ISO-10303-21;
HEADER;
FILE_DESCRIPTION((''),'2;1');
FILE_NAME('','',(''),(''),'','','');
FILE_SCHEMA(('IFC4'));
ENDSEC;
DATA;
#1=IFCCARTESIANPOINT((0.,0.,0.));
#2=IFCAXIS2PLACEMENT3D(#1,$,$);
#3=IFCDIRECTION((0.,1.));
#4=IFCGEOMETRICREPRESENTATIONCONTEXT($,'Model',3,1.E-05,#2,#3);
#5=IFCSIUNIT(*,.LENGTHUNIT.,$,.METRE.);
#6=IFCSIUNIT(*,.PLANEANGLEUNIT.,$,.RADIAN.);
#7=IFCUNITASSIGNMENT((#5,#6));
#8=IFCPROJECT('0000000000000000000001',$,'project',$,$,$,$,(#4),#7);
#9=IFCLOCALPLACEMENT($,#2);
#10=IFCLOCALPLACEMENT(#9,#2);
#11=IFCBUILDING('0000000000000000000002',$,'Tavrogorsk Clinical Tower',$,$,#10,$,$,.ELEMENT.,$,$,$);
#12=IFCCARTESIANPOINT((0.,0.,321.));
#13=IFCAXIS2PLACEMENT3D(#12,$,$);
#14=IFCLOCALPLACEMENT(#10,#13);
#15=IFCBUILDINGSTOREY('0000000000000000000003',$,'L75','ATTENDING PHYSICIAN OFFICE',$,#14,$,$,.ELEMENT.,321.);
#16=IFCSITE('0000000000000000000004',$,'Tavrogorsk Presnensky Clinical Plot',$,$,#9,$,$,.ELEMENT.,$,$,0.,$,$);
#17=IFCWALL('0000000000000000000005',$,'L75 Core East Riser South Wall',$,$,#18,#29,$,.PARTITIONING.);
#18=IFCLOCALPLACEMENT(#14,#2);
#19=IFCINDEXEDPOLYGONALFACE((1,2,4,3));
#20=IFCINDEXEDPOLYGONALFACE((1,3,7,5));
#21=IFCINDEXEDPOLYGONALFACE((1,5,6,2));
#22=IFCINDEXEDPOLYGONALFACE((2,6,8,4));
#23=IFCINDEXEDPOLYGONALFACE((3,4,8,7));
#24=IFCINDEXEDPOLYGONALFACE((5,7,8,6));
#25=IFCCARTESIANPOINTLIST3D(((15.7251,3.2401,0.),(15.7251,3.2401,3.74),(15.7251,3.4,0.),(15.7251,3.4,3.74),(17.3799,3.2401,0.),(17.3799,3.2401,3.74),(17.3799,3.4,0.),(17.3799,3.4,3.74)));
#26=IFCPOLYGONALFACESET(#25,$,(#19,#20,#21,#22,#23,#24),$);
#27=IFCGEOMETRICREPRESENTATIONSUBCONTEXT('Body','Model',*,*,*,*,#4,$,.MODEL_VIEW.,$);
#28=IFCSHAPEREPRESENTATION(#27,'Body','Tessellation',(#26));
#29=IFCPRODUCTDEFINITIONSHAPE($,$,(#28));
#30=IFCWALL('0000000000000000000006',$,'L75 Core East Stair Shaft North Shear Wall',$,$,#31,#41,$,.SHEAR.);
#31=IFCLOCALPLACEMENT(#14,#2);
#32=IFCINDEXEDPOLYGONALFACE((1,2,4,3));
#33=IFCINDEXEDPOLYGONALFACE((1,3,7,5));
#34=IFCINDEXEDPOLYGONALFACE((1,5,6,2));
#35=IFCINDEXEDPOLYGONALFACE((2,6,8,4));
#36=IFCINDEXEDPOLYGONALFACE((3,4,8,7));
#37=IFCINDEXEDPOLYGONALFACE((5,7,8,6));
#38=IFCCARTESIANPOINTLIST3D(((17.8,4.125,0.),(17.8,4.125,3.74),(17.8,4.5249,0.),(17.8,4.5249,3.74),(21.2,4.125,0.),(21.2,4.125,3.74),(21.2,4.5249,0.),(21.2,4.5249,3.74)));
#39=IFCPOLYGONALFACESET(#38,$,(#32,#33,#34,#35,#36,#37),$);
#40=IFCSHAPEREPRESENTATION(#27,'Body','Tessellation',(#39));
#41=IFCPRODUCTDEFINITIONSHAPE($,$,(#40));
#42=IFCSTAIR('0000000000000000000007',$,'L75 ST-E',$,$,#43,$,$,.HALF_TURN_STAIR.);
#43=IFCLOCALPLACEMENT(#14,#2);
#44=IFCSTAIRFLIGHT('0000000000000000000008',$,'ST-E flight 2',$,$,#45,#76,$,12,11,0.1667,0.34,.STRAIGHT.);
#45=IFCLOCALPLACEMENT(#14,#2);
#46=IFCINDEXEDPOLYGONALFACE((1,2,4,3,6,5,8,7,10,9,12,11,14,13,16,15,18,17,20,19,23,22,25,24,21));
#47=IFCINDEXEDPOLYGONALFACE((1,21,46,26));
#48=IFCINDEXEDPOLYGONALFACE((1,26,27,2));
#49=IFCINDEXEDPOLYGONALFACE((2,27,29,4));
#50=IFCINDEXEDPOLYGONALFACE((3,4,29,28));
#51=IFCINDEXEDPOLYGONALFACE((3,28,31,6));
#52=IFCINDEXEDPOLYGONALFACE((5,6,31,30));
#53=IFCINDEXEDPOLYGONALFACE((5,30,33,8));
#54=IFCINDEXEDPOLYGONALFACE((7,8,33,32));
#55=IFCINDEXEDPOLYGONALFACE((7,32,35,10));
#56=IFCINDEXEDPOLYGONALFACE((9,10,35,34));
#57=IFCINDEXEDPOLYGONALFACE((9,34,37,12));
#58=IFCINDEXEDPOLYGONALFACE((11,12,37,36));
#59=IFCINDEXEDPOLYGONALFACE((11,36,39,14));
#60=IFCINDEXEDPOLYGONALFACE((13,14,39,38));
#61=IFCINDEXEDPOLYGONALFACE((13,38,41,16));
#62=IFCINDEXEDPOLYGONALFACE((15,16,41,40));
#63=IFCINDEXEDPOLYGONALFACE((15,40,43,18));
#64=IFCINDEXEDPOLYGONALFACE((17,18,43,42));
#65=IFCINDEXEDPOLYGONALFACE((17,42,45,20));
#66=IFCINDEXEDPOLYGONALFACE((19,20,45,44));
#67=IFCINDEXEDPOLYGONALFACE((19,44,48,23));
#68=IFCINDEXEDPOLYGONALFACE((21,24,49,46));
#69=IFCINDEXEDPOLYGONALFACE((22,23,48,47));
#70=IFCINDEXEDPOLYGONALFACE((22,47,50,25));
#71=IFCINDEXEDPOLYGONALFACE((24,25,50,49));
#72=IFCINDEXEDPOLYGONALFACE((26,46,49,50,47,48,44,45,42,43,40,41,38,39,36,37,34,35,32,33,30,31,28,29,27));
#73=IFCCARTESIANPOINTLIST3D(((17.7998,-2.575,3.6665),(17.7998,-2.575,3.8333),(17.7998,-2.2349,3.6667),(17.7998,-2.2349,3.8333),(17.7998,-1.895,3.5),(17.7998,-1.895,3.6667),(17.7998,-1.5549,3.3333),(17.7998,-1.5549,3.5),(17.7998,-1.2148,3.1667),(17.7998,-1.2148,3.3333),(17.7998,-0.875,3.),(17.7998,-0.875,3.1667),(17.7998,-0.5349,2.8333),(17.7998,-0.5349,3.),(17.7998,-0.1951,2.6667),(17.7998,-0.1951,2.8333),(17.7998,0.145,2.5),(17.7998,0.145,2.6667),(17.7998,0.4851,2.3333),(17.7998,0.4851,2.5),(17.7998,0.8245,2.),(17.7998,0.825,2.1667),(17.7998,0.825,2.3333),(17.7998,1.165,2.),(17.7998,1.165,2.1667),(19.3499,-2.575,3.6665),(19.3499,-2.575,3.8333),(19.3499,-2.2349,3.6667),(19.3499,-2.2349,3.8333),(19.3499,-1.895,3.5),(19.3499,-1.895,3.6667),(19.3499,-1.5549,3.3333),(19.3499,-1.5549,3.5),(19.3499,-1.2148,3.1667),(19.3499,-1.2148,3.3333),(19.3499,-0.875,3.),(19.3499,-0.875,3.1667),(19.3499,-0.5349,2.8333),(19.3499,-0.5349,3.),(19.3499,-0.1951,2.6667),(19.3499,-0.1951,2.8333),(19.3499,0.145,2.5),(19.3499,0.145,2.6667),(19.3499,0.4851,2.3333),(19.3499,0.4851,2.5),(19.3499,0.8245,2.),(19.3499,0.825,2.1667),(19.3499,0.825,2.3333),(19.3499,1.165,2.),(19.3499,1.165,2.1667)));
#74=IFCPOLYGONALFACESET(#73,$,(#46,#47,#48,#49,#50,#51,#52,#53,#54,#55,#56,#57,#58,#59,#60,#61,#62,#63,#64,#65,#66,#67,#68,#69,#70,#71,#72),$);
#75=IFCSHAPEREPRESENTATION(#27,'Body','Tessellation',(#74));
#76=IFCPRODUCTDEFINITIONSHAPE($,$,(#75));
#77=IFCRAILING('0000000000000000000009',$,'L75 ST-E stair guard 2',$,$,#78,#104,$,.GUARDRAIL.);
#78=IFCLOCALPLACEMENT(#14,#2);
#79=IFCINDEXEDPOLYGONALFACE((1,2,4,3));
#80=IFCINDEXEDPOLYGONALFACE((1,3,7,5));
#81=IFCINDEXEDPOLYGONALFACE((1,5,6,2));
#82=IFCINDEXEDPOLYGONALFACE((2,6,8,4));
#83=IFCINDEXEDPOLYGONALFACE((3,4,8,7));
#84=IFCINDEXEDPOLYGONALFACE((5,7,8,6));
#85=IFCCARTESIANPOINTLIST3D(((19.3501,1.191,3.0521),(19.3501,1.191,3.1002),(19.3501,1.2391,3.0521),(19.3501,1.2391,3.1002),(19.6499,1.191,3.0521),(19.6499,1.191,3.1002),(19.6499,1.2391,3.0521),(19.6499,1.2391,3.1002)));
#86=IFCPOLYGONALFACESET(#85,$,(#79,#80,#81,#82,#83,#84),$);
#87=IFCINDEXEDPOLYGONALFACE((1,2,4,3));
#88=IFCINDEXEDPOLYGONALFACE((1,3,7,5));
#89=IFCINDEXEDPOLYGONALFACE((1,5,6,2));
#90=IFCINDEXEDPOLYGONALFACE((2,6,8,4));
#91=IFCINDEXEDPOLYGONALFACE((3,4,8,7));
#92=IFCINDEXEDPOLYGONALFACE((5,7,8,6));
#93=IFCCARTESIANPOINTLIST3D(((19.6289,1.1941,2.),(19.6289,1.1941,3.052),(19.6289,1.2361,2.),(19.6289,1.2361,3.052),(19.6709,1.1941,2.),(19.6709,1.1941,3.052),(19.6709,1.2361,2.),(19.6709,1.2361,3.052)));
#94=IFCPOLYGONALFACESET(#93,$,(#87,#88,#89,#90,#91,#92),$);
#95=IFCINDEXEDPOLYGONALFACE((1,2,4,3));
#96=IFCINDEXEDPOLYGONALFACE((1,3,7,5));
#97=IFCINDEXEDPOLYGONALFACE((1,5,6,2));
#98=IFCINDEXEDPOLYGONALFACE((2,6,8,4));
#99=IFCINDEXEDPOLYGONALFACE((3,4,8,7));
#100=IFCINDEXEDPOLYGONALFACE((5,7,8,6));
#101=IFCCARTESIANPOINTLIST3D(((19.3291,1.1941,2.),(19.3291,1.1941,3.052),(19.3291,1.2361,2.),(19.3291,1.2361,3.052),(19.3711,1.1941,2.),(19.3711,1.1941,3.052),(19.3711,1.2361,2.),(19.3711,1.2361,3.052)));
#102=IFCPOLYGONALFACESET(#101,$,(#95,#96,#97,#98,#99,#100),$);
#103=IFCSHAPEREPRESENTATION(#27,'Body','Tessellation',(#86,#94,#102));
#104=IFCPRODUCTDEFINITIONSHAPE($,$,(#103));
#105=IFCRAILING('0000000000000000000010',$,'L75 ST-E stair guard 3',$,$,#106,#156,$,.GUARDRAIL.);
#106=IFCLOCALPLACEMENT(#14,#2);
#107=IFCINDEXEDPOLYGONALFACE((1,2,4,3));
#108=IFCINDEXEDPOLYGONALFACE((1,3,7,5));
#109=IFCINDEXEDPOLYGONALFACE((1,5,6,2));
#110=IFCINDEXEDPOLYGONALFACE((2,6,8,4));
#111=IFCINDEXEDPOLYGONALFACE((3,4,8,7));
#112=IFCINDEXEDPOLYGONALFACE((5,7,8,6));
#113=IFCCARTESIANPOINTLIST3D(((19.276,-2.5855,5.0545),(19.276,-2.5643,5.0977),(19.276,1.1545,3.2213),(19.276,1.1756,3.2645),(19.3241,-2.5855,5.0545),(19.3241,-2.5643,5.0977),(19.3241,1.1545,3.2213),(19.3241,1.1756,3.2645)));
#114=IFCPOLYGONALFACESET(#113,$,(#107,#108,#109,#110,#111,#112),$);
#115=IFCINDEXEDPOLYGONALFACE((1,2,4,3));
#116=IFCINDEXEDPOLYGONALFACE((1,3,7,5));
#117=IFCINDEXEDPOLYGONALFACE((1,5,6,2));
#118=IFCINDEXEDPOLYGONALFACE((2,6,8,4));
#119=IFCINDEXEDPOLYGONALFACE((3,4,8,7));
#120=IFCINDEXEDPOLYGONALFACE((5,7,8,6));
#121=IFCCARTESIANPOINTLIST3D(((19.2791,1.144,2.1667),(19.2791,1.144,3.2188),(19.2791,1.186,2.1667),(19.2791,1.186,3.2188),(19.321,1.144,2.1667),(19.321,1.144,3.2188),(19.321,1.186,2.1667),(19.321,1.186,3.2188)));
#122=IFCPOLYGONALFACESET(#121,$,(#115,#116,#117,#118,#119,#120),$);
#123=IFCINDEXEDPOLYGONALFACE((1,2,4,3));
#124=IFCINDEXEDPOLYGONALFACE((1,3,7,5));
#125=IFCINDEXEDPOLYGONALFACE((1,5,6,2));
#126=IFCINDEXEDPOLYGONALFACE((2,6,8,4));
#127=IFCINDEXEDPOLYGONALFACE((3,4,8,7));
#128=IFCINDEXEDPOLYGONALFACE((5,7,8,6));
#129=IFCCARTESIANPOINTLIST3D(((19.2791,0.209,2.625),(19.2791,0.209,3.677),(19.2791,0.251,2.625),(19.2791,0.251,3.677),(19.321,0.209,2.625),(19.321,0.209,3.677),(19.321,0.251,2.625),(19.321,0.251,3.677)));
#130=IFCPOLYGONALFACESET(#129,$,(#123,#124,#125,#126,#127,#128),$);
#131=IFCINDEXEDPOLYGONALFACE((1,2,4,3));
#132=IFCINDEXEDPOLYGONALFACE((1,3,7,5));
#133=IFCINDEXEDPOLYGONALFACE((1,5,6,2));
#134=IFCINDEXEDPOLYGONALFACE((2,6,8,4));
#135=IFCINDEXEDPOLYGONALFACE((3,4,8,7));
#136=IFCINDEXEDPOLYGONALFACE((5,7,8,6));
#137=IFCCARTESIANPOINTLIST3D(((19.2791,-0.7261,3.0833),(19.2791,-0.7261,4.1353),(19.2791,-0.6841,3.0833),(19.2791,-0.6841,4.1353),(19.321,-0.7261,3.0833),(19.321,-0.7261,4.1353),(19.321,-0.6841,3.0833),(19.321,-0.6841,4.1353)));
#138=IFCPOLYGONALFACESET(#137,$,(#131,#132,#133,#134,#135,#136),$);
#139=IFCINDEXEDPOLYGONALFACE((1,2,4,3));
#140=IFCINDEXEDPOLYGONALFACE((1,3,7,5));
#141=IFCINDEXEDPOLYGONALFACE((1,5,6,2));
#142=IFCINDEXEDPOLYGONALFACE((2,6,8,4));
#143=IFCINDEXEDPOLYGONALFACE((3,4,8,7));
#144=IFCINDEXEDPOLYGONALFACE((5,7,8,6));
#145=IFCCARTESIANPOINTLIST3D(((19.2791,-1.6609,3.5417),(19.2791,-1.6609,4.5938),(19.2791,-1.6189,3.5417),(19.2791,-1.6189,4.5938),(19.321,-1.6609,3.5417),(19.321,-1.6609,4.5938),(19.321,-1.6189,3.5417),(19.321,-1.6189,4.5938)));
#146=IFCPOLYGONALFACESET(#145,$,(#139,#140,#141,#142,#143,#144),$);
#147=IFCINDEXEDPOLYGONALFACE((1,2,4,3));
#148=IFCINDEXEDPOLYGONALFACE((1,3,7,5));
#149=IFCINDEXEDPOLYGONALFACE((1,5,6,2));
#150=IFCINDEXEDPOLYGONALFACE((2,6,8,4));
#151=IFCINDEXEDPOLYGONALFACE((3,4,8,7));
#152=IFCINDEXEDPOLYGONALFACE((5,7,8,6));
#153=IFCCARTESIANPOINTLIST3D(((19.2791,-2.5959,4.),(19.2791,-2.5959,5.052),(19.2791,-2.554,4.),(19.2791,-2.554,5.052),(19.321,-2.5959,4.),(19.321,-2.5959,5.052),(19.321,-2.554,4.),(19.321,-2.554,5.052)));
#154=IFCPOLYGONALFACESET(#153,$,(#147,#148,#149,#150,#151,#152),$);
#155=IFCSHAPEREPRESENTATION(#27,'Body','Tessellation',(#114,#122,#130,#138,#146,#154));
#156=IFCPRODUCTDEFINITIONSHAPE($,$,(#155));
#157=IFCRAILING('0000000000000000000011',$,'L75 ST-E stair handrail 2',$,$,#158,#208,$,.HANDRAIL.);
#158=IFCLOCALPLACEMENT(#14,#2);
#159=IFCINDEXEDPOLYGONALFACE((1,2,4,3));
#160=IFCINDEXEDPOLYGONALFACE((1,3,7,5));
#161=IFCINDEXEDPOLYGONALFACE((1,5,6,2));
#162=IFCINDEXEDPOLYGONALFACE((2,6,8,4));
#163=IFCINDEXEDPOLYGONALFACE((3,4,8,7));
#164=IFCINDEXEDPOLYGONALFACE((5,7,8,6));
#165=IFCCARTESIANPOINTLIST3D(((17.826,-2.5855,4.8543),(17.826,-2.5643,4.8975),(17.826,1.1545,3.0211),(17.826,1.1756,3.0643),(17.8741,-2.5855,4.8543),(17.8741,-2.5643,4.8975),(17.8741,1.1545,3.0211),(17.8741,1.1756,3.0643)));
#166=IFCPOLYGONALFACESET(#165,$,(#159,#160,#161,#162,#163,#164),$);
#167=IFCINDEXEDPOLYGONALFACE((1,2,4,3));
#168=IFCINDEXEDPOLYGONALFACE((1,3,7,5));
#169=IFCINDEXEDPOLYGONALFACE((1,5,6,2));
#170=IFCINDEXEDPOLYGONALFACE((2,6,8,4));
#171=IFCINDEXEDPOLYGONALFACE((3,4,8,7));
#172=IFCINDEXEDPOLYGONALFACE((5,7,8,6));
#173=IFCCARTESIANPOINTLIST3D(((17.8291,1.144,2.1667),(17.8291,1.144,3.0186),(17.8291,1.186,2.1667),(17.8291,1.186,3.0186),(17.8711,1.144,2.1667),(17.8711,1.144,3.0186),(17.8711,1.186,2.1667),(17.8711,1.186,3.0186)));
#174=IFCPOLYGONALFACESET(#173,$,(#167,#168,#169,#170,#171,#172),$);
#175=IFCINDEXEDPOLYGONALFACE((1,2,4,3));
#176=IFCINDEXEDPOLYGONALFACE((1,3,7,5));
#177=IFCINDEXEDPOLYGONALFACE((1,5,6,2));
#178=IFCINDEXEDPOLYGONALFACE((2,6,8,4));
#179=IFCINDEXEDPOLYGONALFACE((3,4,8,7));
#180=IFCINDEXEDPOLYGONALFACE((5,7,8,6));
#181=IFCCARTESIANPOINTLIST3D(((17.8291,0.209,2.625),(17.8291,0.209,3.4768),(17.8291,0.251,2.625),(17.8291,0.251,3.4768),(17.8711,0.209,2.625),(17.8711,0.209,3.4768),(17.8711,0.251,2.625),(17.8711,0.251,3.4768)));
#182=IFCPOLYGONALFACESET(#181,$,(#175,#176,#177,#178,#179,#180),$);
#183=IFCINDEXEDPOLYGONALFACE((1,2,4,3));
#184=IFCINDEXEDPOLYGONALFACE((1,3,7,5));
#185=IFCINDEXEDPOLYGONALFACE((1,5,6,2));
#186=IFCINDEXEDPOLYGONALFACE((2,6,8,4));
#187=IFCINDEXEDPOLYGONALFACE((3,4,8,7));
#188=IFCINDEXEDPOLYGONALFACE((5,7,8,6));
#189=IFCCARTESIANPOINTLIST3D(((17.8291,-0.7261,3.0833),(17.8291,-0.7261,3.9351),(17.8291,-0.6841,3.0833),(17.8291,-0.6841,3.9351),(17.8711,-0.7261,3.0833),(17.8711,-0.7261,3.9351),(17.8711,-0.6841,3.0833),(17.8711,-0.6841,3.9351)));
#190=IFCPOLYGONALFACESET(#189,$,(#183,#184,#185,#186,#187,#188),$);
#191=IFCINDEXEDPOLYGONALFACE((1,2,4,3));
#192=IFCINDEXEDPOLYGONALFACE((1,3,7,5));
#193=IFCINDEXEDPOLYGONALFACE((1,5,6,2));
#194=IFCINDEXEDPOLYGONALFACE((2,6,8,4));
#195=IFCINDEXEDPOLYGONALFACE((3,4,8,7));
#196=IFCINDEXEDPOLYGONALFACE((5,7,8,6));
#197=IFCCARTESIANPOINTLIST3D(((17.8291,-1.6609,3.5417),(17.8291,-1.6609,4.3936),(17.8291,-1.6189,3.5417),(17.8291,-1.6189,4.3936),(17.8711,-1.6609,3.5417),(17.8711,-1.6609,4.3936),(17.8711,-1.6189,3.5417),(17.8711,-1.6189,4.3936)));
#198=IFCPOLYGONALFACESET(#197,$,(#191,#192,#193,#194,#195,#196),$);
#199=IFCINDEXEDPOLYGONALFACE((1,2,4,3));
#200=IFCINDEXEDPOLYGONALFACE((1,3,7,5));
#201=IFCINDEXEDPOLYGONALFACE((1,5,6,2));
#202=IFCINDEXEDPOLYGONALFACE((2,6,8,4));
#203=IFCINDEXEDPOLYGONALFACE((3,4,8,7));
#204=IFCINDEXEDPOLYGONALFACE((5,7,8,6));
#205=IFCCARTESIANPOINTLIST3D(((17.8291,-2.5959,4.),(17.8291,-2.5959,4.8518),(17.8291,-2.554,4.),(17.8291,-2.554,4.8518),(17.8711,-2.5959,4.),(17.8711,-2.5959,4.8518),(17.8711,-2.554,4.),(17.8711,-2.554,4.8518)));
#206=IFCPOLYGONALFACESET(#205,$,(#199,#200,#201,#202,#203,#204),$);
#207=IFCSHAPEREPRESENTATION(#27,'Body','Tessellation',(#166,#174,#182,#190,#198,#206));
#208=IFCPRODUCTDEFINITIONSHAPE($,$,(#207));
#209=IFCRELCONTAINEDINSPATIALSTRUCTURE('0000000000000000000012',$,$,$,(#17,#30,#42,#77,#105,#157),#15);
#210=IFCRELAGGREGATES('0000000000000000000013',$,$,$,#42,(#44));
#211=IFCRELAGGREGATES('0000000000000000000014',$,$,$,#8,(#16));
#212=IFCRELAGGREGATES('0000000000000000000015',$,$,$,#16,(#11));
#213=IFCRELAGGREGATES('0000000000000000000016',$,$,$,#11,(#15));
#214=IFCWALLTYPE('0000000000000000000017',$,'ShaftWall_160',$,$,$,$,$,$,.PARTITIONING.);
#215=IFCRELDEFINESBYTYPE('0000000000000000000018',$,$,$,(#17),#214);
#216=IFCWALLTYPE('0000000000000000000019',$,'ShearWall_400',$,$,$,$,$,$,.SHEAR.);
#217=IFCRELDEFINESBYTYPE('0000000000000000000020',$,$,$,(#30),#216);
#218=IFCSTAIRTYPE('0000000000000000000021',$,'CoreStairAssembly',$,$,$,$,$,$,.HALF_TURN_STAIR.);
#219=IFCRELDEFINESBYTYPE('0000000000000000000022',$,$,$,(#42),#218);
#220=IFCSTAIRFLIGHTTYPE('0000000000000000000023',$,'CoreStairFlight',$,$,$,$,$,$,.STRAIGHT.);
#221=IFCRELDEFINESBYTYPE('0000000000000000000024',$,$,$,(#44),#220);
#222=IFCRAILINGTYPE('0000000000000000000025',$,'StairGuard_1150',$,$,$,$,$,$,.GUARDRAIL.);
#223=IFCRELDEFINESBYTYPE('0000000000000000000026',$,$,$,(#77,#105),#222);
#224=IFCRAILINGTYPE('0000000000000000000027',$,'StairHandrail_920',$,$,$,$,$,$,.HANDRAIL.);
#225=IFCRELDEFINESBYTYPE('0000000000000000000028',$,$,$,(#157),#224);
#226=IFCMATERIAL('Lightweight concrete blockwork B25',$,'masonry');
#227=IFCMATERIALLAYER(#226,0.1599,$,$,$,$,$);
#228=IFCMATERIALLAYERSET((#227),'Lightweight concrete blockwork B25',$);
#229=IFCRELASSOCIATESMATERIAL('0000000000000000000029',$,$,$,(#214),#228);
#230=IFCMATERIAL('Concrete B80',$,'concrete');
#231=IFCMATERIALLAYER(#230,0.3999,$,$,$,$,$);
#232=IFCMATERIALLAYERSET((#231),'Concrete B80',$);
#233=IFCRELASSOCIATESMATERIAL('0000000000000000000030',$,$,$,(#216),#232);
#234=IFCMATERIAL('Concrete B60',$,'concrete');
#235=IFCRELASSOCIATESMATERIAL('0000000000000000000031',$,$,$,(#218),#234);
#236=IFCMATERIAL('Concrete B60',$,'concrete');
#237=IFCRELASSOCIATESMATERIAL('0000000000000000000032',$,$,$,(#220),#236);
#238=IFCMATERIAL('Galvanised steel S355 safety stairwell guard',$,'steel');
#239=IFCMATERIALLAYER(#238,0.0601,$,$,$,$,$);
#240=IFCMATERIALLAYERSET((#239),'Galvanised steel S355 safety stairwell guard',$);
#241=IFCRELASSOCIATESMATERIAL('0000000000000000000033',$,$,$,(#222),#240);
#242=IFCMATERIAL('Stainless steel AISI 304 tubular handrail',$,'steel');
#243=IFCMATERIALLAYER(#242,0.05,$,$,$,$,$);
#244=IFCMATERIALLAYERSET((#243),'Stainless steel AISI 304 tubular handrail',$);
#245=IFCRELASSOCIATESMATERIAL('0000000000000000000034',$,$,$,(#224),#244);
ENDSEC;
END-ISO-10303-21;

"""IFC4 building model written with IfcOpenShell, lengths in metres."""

from ifc_helpers import new_model, si_unit, direction, frame, frame_2d, origin, origin_2d, place, context, subcontext, project, spatial, polyline, rectangle, outline, extrude, material, layer, layer_set, type_object, element, aggregate, save


model = new_model("IFC4")

# Units and contexts
model_context = context("Model", 3, precision=1e-05, world=origin(), true_north=direction((0.0, 1.0)))
body_context = subcontext(model_context, "Body", "Model", "MODEL_VIEW")
ifc_project = project(units=[si_unit("LENGTHUNIT", "METRE"), si_unit("PLANEANGLEUNIT", "RADIAN")], contexts=[model_context])

# Site, building, storey
site_placement = place(None, origin())
site = spatial("IfcSite", under=ifc_project, at=site_placement, Name="Tavrogorsk Presnensky Clinical Plot", CompositionType="ELEMENT", RefElevation=0.0)
building_placement = place(site_placement, origin())
building = spatial("IfcBuilding", under=site, at=building_placement, Name="Tavrogorsk Clinical Tower", CompositionType="ELEMENT")
storey_placement = place(building_placement, frame((0.0, 0.0, 321.0)))
storey = spatial("IfcBuildingStorey", under=building, at=storey_placement, Name="L75", Description="ATTENDING PHYSICIAN OFFICE", CompositionType="ELEMENT", Elevation=321.0)

# Shared definitions
ifc_material_1 = material(Name="Lightweight concrete blockwork B25", Category="masonry")
ifc_layer_1 = layer(ifc_material_1, 0.1599)
ifc_layer_set_1 = layer_set([ifc_layer_1], Name="Lightweight concrete blockwork B25")
wall_type_1 = type_object("IfcWallType", Name="ShaftWall_160", PredefinedType="PARTITIONING", material=ifc_layer_set_1)

# Walls
wall_1_placement = place(storey_placement, frame((15.7251, 3.3201, 0.0), z_axis=(0.0, 0.0, 1.0), x_axis=(1.0, 0.0, 0.0)))
element("IfcWall", 1, at=wall_1_placement, inside=storey, type_object=wall_type_1, Name="L75 Core East Riser South Wall", PredefinedType="PARTITIONING", context=body_context, shape_type="SweptSolid", body=[
    extrude(rectangle(XDim=1.6548, YDim=0.1599, at=frame_2d((0.8274, 0.0))), origin(), (0.0, 0.0, 1.0), 3.74),
])
ifc_material_2 = material(Name="Concrete B80", Category="concrete")
ifc_layer_2 = layer(ifc_material_2, 0.3999)
ifc_layer_set_2 = layer_set([ifc_layer_2], Name="Concrete B80")
wall_type_2 = type_object("IfcWallType", Name="ShearWall_400", PredefinedType="SHEAR", material=ifc_layer_set_2)
wall_2_placement = place(storey_placement, frame((17.8, 4.325, 0.0), z_axis=(0.0, 0.0, 1.0), x_axis=(1.0, 0.0, 0.0)))
element("IfcWall", 2, at=wall_2_placement, inside=storey, type_object=wall_type_2, Name="L75 Core East Stair Shaft North Shear Wall", PredefinedType="SHEAR", context=body_context, shape_type="SweptSolid", body=[
    extrude(rectangle(XDim=3.3999, YDim=0.3999, at=frame_2d((1.7, 0.0))), origin(), (0.0, 0.0, 1.0), 3.74),
])

# Stair, stair flight
ifc_material_3 = material(Name="Concrete B60", Category="concrete")
stair_type = type_object("IfcStairType", Name="CoreStairAssembly", PredefinedType="HALF_TURN_STAIR", material=ifc_material_3)
stair_placement = place(storey_placement, origin())
stair = element("IfcStair", 3, at=stair_placement, inside=storey, type_object=stair_type, Name="L75 ST-E", PredefinedType="HALF_TURN_STAIR")
ifc_material_4 = material(Name="Concrete B60", Category="concrete")
stair_flight_type = type_object("IfcStairFlightType", Name="CoreStairFlight", PredefinedType="STRAIGHT", material=ifc_material_4)
stair_flight_placement = place(storey_placement, frame((18.575, 1.165, 2.0), z_axis=(0.0, 0.0, 1.0), x_axis=(0.0, -1.0, 0.0)))
stair_flight = element("IfcStairFlight", 4, at=stair_flight_placement, type_object=stair_flight_type, Name="ST-E flight 2", NumberOfRisers=12, NumberOfTreads=11, PredefinedType="STRAIGHT", RiserHeight=0.1667, TreadLength=0.34, context=body_context, shape_type="SweptSolid", body=[
    extrude(outline(polyline([(0.0, 0.0), (0.0, 0.1667), (0.3401, 0.1667), (0.3401, 0.3333), (0.6799, 0.3333), (0.6799, 0.5), (1.02, 0.5), (1.02, 0.6667), (1.3601, 0.6667), (1.3601, 0.8333), (1.7, 0.8333), (1.7, 1.0), (2.04, 1.0), (2.04, 1.1667), (2.3799, 1.1667), (2.3799, 1.3333), (2.72, 1.3333), (2.72, 1.5), (3.0601, 1.5), (3.0601, 1.6667), (3.3999, 1.6667), (3.3999, 1.8333), (3.74, 1.8333), (3.74, 2.0), (3.74, 1.6665), (0.3406, 0.0), (0.0, 0.0)])), frame((0.0, 0.7749, 0.0), z_axis=(0.0, -1.0, 0.0), x_axis=(1.0, 0.0, 0.0)), (0.0, 0.0, 1.0), 1.55),
])
aggregate(stair, [stair_flight])

# Railings
ifc_material_5 = material(Name="Galvanised steel S355 safety stairwell guard", Category="steel")
ifc_layer_3 = layer(ifc_material_5, 0.0601)
ifc_layer_set_3 = layer_set([ifc_layer_3], Name="Galvanised steel S355 safety stairwell guard")
railing_type_1 = type_object("IfcRailingType", Name="StairGuard_1150", PredefinedType="GUARDRAIL", material=ifc_layer_set_3)
railing_1_placement = place(storey_placement, frame((19.6499, 1.2151, 2.0)))
element("IfcRailing", 5, at=railing_1_placement, inside=storey, type_object=railing_type_1, Name="L75 ST-E stair guard 2", PredefinedType="GUARDRAIL", context=body_context, shape_type="SweptSolid", body=[
    extrude(rectangle(XDim=0.0481, YDim=0.0481, at=origin_2d()), frame((0.0, 0.0, 1.0762), z_axis=(-1.0, 0.0, 0.0), x_axis=(0.0, -1.0, 0.0)), (0.0, 0.0, 1.0), 0.2998),
    extrude(rectangle(XDim=0.042, YDim=0.042, at=origin_2d()), origin(), (0.0, 0.0, 1.0), 1.052),
    extrude(rectangle(XDim=0.042, YDim=0.042, at=origin_2d()), frame((-0.2998, 0.0, 0.0)), (0.0, 0.0, 1.0), 1.052),
])
railing_2_placement = place(storey_placement, frame((19.3, 1.165, 2.1667)))
element("IfcRailing", 6, at=railing_2_placement, inside=storey, type_object=railing_type_1, Name="L75 ST-E stair guard 3", PredefinedType="GUARDRAIL", context=body_context, shape_type="SweptSolid", body=[
    extrude(rectangle(XDim=0.0481, YDim=0.0481, at=origin_2d()), frame((0.0, 0.0, 1.0762), z_axis=(0.0, -0.897928, 0.440142), x_axis=(1.0, 0.0, 0.0)), (0.0, 0.0, 1.0), 4.165),
    extrude(rectangle(XDim=0.042, YDim=0.042, at=origin_2d()), origin(), (0.0, 0.0, 1.0), 1.052),
    extrude(rectangle(XDim=0.042, YDim=0.042, at=origin_2d()), frame((0.0, -0.9351, 0.4583)), (0.0, 0.0, 1.0), 1.052),
    extrude(rectangle(XDim=0.042, YDim=0.042, at=origin_2d()), frame((0.0, -1.8701, 0.9165)), (0.0, 0.0, 1.0), 1.052),
    extrude(rectangle(XDim=0.042, YDim=0.042, at=origin_2d()), frame((0.0, -2.8049, 1.375)), (0.0, 0.0, 1.0), 1.052),
    extrude(rectangle(XDim=0.042, YDim=0.042, at=origin_2d()), frame((0.0, -3.74, 1.8333)), (0.0, 0.0, 1.0), 1.052),
])
ifc_material_6 = material(Name="Stainless steel AISI 304 tubular handrail", Category="steel")
ifc_layer_4 = layer(ifc_material_6, 0.05)
ifc_layer_set_4 = layer_set([ifc_layer_4], Name="Stainless steel AISI 304 tubular handrail")
railing_type_2 = type_object("IfcRailingType", Name="StairHandrail_920", PredefinedType="HANDRAIL", material=ifc_layer_set_4)
railing_3_placement = place(storey_placement, frame((17.8501, 1.165, 2.1667)))
element("IfcRailing", 7, at=railing_3_placement, inside=storey, type_object=railing_type_2, Name="L75 ST-E stair handrail 2", PredefinedType="HANDRAIL", context=body_context, shape_type="SweptSolid", body=[
    extrude(rectangle(XDim=0.0481, YDim=0.0481, at=origin_2d()), frame((0.0, 0.0, 0.876), z_axis=(0.0, -0.897928, 0.440142), x_axis=(1.0, 0.0, 0.0)), (0.0, 0.0, 1.0), 4.165),
    extrude(rectangle(XDim=0.042, YDim=0.042, at=origin_2d()), origin(), (0.0, 0.0, 1.0), 0.8518),
    extrude(rectangle(XDim=0.042, YDim=0.042, at=origin_2d()), frame((0.0, -0.9351, 0.4583)), (0.0, 0.0, 1.0), 0.8518),
    extrude(rectangle(XDim=0.042, YDim=0.042, at=origin_2d()), frame((0.0, -1.8701, 0.9165)), (0.0, 0.0, 1.0), 0.8518),
    extrude(rectangle(XDim=0.042, YDim=0.042, at=origin_2d()), frame((0.0, -2.8049, 1.375)), (0.0, 0.0, 1.0), 0.8518),
    extrude(rectangle(XDim=0.042, YDim=0.042, at=origin_2d()), frame((0.0, -3.74, 1.8333)), (0.0, 0.0, 1.0), 0.8518),
])

save(model, "model.ifc")
